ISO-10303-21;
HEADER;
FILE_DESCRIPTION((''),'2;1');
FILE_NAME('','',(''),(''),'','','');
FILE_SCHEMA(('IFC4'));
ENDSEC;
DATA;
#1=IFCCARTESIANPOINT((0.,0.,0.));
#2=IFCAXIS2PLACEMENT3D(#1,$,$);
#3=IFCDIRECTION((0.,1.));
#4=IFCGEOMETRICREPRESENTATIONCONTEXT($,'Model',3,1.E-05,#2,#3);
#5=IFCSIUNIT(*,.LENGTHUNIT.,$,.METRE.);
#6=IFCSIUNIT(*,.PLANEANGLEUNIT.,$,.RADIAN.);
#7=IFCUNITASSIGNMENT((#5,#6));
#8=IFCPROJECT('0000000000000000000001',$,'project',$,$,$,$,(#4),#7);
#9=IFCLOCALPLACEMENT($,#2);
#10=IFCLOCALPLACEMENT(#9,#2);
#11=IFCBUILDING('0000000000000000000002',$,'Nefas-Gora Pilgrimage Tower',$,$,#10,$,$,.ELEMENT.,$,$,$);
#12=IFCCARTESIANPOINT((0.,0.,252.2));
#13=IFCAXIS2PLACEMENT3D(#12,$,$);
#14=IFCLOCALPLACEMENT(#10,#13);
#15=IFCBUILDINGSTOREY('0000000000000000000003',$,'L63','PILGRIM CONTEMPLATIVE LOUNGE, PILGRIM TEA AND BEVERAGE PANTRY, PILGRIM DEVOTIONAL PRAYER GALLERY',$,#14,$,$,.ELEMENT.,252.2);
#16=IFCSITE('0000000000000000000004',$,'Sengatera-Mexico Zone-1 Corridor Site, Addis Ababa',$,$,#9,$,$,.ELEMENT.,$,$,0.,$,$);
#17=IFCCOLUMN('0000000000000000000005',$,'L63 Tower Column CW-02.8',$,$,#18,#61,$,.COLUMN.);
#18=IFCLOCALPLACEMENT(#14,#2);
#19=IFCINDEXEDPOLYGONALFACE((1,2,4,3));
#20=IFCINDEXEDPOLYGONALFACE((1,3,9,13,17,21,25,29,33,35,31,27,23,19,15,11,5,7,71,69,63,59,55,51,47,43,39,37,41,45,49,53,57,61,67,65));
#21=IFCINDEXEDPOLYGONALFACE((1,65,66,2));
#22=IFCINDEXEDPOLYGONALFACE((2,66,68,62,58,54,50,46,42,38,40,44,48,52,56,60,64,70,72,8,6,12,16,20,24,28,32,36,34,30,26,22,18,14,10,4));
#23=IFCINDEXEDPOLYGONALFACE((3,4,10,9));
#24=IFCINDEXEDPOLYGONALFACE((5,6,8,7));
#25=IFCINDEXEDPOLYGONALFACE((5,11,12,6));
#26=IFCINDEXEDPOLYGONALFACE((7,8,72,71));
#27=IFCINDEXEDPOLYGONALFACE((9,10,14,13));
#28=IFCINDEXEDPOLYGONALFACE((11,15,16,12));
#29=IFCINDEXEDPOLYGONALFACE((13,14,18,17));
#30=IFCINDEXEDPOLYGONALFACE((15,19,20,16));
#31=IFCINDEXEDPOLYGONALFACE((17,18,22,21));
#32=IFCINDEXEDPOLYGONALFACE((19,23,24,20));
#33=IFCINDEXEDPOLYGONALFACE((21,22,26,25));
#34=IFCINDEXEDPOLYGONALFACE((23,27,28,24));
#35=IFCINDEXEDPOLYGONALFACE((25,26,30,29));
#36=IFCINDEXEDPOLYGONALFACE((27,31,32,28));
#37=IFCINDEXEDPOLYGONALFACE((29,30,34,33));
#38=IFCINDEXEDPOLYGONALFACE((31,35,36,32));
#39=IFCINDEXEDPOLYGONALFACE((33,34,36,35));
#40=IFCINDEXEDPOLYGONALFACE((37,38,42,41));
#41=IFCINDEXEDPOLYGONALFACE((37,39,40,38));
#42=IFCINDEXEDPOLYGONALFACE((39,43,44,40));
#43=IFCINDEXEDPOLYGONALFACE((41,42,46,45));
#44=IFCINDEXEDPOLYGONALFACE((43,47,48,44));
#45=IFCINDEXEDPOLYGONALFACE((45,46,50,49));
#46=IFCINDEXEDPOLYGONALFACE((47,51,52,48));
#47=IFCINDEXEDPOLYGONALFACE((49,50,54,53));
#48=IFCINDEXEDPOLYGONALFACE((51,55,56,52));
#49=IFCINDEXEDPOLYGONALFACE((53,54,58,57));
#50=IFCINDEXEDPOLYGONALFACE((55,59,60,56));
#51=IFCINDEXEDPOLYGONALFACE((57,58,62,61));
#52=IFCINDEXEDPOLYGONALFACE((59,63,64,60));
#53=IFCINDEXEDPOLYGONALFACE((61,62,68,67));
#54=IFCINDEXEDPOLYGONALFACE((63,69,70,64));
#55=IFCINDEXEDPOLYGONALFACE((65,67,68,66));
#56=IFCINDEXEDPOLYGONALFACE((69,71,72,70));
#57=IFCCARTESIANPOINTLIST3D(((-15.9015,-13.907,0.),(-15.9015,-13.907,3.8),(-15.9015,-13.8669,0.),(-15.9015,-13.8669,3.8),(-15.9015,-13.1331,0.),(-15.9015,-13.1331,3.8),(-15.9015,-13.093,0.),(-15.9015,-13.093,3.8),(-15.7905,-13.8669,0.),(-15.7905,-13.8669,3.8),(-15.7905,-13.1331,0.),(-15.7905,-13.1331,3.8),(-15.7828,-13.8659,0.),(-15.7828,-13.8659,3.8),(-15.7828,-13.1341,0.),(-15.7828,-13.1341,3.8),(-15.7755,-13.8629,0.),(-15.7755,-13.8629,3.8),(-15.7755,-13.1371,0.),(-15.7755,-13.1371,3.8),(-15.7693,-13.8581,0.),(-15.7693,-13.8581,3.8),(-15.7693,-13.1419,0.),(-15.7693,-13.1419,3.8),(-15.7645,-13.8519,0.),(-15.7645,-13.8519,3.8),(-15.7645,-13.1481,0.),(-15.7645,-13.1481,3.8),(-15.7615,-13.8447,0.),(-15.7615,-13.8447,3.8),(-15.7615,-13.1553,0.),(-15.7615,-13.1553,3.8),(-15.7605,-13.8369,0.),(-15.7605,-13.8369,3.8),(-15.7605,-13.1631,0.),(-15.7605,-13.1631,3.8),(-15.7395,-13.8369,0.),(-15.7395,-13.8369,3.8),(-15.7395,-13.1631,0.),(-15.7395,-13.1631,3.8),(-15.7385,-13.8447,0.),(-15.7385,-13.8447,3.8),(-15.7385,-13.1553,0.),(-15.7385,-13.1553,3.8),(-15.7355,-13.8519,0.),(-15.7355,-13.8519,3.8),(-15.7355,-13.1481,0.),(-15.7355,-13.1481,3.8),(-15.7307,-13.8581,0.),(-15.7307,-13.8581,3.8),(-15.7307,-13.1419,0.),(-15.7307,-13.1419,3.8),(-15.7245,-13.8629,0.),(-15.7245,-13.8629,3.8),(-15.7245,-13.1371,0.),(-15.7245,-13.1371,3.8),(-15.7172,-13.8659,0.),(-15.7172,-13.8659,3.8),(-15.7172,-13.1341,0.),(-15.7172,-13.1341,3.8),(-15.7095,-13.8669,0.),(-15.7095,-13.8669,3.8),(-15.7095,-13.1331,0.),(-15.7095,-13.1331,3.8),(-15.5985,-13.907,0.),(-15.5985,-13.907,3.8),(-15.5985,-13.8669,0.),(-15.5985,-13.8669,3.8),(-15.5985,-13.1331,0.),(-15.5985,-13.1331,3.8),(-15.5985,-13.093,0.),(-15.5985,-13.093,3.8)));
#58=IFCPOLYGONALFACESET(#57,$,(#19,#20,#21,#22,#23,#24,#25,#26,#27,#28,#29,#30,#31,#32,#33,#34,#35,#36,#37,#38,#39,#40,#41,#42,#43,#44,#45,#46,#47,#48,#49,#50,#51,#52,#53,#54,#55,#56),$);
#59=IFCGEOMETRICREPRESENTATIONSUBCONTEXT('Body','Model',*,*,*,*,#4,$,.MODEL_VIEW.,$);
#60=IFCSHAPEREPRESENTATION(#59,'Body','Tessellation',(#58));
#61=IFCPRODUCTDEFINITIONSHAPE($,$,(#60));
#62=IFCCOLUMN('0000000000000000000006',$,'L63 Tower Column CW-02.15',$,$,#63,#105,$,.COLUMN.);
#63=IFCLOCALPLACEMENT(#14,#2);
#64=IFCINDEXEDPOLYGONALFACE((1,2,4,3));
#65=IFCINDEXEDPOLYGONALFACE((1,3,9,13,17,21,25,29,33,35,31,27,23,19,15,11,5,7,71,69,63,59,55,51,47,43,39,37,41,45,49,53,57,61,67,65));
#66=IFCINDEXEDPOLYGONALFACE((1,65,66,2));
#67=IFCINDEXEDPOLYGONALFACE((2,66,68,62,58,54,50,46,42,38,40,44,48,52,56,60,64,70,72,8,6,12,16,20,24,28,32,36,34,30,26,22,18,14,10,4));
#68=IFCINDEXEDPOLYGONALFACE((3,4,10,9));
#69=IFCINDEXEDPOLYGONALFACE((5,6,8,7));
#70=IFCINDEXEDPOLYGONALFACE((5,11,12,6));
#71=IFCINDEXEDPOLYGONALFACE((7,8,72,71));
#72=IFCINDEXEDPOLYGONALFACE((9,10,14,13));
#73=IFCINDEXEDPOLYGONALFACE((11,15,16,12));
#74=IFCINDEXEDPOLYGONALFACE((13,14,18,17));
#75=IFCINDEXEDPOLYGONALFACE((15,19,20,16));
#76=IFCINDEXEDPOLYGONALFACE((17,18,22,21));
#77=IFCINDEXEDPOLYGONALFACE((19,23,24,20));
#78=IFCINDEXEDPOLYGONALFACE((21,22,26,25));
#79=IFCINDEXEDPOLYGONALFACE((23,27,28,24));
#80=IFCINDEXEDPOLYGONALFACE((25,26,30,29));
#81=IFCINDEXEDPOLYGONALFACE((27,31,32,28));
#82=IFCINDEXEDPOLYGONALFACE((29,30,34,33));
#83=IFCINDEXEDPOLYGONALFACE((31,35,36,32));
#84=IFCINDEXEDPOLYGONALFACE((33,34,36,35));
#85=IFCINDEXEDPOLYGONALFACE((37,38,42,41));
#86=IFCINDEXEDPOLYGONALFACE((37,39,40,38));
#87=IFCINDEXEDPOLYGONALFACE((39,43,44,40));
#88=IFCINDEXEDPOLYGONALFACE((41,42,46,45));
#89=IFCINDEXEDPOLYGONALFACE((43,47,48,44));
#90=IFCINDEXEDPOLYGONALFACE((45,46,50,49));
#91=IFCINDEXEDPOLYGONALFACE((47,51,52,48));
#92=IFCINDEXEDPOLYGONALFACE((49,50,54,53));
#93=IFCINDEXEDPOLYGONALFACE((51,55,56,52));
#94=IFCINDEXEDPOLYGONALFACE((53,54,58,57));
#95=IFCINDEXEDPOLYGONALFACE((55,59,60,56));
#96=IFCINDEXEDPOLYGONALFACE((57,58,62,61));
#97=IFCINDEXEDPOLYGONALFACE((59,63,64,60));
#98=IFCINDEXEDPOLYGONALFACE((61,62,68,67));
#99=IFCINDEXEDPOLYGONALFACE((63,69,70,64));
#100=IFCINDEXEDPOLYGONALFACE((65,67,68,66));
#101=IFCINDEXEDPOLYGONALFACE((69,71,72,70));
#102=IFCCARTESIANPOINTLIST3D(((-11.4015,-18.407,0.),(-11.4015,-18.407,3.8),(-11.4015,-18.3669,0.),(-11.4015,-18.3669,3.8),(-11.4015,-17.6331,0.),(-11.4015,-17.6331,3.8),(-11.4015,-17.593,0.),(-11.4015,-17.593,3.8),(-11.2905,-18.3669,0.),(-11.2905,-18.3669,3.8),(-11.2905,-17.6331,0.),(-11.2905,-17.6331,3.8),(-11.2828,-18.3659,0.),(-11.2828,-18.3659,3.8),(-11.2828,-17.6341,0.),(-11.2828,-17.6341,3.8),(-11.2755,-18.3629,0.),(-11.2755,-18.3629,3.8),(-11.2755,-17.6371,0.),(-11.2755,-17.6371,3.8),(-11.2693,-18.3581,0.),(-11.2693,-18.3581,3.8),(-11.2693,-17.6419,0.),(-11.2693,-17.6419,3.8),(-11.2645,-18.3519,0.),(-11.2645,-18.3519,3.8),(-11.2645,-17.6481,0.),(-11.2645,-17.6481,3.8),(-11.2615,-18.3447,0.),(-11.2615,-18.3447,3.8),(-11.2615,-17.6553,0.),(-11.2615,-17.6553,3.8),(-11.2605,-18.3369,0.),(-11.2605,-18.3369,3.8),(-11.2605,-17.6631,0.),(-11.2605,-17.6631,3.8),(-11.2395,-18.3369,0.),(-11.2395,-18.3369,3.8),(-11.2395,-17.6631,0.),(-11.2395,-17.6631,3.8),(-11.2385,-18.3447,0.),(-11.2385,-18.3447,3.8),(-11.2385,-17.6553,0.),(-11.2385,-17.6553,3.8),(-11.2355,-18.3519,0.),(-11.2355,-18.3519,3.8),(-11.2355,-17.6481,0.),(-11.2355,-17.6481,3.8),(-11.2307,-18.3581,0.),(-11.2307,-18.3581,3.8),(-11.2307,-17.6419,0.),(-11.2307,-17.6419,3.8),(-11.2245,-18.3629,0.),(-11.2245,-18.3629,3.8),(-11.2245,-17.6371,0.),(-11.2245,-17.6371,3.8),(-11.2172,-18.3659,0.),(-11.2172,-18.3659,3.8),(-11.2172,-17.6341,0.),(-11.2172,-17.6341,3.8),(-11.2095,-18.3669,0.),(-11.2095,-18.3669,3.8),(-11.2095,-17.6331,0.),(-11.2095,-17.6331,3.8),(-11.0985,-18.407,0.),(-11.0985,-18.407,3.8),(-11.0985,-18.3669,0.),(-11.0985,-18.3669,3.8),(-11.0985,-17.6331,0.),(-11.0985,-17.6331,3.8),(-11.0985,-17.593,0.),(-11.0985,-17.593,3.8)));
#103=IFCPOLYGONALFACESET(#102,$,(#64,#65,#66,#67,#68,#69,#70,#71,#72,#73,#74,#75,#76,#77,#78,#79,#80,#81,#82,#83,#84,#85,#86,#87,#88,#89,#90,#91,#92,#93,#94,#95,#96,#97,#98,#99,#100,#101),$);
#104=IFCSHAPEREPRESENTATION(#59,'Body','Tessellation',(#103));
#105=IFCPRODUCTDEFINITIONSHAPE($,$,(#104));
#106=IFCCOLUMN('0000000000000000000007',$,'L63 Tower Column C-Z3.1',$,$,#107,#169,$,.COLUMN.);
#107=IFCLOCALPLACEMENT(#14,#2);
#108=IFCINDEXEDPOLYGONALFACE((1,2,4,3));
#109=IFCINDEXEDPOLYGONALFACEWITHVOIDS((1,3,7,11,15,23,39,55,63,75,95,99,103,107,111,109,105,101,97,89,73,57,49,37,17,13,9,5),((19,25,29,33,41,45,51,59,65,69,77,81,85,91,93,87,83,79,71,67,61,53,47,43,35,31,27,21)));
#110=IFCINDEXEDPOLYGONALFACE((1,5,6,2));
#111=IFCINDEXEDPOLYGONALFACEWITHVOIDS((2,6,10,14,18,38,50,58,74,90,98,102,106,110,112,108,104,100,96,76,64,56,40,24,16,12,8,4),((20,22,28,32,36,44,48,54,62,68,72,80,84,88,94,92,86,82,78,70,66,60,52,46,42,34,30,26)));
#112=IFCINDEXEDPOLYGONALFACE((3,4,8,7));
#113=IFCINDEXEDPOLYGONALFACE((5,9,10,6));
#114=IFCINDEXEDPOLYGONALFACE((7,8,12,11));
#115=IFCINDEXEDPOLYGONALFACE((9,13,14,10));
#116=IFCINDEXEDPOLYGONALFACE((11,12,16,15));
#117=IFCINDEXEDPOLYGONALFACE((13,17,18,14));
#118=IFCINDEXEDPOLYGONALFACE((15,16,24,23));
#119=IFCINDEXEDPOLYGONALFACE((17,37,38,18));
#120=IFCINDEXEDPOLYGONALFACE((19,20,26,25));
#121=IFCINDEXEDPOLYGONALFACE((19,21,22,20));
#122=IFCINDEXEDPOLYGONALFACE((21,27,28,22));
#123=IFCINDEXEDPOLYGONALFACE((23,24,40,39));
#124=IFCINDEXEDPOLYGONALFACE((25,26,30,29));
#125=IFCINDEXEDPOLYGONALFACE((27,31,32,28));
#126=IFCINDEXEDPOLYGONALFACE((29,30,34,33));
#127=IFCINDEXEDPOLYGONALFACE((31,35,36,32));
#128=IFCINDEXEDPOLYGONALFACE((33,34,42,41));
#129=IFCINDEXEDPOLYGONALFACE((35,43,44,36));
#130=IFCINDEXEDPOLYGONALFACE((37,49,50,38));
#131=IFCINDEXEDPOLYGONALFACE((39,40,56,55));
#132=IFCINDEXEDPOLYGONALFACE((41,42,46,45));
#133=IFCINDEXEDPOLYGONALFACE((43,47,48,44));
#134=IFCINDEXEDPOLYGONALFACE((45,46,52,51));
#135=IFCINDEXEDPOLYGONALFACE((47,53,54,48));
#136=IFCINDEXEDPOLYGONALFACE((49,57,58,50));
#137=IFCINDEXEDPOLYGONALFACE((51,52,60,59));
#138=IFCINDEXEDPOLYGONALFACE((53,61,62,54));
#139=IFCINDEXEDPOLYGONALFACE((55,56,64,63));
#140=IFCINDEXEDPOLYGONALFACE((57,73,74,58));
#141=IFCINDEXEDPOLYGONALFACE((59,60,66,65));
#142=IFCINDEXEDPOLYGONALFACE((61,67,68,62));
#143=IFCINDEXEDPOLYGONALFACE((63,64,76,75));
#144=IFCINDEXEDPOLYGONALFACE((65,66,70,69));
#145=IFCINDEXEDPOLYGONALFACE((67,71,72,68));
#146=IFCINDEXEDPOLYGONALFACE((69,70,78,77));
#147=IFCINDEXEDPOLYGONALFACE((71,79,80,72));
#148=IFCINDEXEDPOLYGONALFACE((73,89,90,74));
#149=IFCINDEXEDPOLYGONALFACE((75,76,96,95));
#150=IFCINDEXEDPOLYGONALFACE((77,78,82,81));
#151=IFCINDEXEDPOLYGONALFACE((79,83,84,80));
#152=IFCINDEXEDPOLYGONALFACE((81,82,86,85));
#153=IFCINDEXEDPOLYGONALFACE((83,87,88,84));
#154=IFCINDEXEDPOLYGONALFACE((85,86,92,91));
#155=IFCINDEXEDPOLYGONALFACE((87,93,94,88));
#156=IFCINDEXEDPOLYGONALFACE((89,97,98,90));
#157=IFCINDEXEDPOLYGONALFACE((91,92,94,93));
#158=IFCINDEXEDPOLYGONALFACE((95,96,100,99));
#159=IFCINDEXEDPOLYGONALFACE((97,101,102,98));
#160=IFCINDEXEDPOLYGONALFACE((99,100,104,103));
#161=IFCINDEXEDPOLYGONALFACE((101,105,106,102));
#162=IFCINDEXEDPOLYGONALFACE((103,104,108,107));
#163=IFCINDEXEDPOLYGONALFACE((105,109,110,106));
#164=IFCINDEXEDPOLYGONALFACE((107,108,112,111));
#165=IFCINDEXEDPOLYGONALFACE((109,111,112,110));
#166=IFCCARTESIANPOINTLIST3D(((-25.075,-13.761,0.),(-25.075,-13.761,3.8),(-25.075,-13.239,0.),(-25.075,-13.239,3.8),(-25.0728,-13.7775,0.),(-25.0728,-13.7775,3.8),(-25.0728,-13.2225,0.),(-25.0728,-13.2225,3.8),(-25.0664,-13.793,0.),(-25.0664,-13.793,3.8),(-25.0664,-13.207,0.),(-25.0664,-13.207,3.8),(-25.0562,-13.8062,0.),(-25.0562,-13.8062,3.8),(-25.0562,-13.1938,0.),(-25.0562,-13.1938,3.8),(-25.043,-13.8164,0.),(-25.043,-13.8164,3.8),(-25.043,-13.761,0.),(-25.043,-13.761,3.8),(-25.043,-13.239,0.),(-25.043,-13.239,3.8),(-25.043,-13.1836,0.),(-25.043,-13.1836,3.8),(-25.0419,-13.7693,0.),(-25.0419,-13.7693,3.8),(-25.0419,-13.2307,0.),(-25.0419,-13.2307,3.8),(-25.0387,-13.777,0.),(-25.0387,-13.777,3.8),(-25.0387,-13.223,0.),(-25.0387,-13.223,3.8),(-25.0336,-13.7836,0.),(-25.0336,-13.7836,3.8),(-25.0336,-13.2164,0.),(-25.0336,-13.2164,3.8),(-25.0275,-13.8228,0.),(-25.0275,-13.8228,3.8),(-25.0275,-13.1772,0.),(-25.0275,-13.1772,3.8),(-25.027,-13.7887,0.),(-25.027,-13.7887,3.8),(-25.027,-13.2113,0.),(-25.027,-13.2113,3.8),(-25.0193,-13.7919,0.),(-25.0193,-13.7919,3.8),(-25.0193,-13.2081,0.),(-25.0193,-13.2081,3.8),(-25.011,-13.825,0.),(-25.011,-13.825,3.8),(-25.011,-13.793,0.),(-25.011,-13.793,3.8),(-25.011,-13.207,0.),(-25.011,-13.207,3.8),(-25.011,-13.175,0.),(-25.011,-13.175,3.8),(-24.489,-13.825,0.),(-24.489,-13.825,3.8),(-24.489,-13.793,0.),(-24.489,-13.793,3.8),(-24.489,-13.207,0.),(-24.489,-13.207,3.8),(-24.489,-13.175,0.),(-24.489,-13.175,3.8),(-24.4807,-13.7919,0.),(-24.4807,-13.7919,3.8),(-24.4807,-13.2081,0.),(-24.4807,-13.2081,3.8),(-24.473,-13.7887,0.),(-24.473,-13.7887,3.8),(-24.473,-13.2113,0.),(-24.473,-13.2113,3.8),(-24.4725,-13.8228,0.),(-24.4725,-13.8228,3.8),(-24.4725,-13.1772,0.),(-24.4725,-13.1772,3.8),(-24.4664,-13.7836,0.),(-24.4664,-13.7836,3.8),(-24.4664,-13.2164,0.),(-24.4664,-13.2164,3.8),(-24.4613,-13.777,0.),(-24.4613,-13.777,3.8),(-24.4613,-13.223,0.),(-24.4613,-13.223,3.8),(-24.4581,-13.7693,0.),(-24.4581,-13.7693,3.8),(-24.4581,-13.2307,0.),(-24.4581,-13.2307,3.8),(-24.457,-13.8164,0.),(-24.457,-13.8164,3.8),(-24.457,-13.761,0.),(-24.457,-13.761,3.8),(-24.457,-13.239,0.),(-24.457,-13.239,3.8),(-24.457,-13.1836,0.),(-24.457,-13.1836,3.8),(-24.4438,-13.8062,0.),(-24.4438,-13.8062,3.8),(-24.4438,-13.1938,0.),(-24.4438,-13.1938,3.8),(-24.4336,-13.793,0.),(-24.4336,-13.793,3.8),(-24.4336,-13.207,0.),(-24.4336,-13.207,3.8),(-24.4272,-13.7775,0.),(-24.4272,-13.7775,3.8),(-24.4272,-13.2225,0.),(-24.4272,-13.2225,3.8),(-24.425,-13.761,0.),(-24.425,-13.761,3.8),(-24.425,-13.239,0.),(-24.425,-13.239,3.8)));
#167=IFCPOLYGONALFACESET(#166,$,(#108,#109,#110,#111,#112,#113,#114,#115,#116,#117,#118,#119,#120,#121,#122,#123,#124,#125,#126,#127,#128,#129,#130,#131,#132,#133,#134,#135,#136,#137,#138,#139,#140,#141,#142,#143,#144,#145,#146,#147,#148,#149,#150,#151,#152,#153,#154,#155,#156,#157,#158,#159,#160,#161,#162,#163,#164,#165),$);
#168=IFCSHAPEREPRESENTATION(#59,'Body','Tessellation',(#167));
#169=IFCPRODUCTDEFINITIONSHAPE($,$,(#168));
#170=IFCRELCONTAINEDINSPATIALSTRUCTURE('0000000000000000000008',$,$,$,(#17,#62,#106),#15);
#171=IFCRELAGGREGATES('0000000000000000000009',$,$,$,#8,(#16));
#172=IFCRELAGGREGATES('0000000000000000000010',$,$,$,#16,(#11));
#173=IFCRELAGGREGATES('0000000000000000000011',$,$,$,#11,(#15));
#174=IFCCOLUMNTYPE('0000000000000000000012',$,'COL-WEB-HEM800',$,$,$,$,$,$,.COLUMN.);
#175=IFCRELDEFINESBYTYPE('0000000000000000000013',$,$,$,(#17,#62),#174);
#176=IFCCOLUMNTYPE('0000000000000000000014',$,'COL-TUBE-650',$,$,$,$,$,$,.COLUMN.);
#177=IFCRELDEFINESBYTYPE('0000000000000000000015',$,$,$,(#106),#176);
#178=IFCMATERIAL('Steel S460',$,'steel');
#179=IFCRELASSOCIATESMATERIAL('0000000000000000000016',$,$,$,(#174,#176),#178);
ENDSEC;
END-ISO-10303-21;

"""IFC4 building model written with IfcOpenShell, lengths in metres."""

from ifc_helpers import new_model, si_unit, direction, frame, origin, origin_2d, place, context, subcontext, project, spatial, hollow_rectangle, i_section, extrude, source, transform, mapped, material, material_profile, profile_set, type_object, element, save


model = new_model("IFC4")

# Units and contexts
model_context = context("Model", 3, precision=1e-05, world=origin(), true_north=direction((0.0, 1.0)))
body_context = subcontext(model_context, "Body", "Model", "MODEL_VIEW")
ifc_project = project(units=[si_unit("LENGTHUNIT", "METRE"), si_unit("PLANEANGLEUNIT", "RADIAN")], contexts=[model_context])

# Site, building, storey
site_placement = place(None, origin())
site = spatial("IfcSite", under=ifc_project, at=site_placement, Name="Sengatera-Mexico Zone-1 Corridor Site, Addis Ababa", CompositionType="ELEMENT", RefElevation=0.0)
building_placement = place(site_placement, origin())
building = spatial("IfcBuilding", under=site, at=building_placement, Name="Nefas-Gora Pilgrimage Tower", CompositionType="ELEMENT")
storey_placement = place(building_placement, frame((0.0, 0.0, 252.2)))
storey = spatial("IfcBuildingStorey", under=building, at=storey_placement, Name="L63", Description="PILGRIM CONTEMPLATIVE LOUNGE, PILGRIM TEA AND BEVERAGE PANTRY, PILGRIM DEVOTIONAL PRAYER GALLERY", CompositionType="ELEMENT", Elevation=252.2)

# Columns
ifc_material_1 = material(Name="Steel S460", Category="steel")
ifc_material_profile_1 = material_profile(ifc_material_1, i_section(OverallWidth=0.303, OverallDepth=0.814, WebThickness=0.021, FlangeThickness=0.04, FilletRadius=0.03, at=origin_2d()), Name="HEM 800")
ifc_profile_set_1 = profile_set([ifc_material_profile_1], Name="Steel S460")
column_type_1 = type_object("IfcColumnType", Name="COL-WEB-HEM800", PredefinedType="COLUMN", material=ifc_profile_set_1)
shared_shape_1 = source(origin(), body_context, "Body", "SweptSolid", [
    extrude(i_section(OverallWidth=0.303, OverallDepth=0.814, WebThickness=0.021, FlangeThickness=0.04, FilletRadius=0.03, at=origin_2d()), origin(), (0.0, 0.0, 1.0), 3.8),
])
for number, where, z_axis, x_axis, name in (
    (1, (-15.75, -13.5, 0.0), (0.0, 0.0, 1.0), (1.0, 0.0, 0.0), "L63 Tower Column CW-02.8"),
    (2, (-11.25, -18.0, 0.0), (0.0, 0.0, 1.0), (1.0, 0.0, 0.0), "L63 Tower Column CW-02.15"),
):
    element("IfcColumn", number, at=place(storey_placement, frame(where, z_axis=z_axis, x_axis=x_axis)), inside=storey, type_object=column_type_1, Name=name, PredefinedType="COLUMN", context=body_context, shape_type="MappedRepresentation", body=[
        mapped(shared_shape_1, transform((0.0, 0.0, 0.0), x_axis=(1.0, 0.0, 0.0), y_axis=(0.0, 1.0, 0.0), z_axis=(0.0, 0.0, 1.0), scale=1.0)),
    ])
ifc_material_profile_2 = material_profile(ifc_material_1, hollow_rectangle(XDim=0.6499, YDim=0.6499, WallThickness=0.032, InnerFilletRadius=0.032, OuterFilletRadius=0.064, at=origin_2d()), Name="BOX 650x650x32")
ifc_profile_set_2 = profile_set([ifc_material_profile_2], Name="Steel S460")
column_type_2 = type_object("IfcColumnType", Name="COL-TUBE-650", PredefinedType="COLUMN", material=ifc_profile_set_2)
shared_shape_2 = source(origin(), body_context, "Body", "SweptSolid", [
    extrude(hollow_rectangle(XDim=0.6499, YDim=0.6499, WallThickness=0.032, InnerFilletRadius=0.032, OuterFilletRadius=0.064, at=origin_2d()), origin(), (0.0, 0.0, 1.0), 3.8),
])
column_placement = place(storey_placement, frame((-24.75, -13.5, 0.0), z_axis=(0.0, 0.0, 1.0), x_axis=(1.0, 0.0, 0.0)))
element("IfcColumn", 3, at=column_placement, inside=storey, type_object=column_type_2, Name="L63 Tower Column C-Z3.1", PredefinedType="COLUMN", context=body_context, shape_type="MappedRepresentation", body=[
    mapped(shared_shape_2, transform((0.0, 0.0, 0.0), x_axis=(1.0, 0.0, 0.0), y_axis=(0.0, 1.0, 0.0), z_axis=(0.0, 0.0, 1.0), scale=1.0)),
])

save(model, "model.ifc")
